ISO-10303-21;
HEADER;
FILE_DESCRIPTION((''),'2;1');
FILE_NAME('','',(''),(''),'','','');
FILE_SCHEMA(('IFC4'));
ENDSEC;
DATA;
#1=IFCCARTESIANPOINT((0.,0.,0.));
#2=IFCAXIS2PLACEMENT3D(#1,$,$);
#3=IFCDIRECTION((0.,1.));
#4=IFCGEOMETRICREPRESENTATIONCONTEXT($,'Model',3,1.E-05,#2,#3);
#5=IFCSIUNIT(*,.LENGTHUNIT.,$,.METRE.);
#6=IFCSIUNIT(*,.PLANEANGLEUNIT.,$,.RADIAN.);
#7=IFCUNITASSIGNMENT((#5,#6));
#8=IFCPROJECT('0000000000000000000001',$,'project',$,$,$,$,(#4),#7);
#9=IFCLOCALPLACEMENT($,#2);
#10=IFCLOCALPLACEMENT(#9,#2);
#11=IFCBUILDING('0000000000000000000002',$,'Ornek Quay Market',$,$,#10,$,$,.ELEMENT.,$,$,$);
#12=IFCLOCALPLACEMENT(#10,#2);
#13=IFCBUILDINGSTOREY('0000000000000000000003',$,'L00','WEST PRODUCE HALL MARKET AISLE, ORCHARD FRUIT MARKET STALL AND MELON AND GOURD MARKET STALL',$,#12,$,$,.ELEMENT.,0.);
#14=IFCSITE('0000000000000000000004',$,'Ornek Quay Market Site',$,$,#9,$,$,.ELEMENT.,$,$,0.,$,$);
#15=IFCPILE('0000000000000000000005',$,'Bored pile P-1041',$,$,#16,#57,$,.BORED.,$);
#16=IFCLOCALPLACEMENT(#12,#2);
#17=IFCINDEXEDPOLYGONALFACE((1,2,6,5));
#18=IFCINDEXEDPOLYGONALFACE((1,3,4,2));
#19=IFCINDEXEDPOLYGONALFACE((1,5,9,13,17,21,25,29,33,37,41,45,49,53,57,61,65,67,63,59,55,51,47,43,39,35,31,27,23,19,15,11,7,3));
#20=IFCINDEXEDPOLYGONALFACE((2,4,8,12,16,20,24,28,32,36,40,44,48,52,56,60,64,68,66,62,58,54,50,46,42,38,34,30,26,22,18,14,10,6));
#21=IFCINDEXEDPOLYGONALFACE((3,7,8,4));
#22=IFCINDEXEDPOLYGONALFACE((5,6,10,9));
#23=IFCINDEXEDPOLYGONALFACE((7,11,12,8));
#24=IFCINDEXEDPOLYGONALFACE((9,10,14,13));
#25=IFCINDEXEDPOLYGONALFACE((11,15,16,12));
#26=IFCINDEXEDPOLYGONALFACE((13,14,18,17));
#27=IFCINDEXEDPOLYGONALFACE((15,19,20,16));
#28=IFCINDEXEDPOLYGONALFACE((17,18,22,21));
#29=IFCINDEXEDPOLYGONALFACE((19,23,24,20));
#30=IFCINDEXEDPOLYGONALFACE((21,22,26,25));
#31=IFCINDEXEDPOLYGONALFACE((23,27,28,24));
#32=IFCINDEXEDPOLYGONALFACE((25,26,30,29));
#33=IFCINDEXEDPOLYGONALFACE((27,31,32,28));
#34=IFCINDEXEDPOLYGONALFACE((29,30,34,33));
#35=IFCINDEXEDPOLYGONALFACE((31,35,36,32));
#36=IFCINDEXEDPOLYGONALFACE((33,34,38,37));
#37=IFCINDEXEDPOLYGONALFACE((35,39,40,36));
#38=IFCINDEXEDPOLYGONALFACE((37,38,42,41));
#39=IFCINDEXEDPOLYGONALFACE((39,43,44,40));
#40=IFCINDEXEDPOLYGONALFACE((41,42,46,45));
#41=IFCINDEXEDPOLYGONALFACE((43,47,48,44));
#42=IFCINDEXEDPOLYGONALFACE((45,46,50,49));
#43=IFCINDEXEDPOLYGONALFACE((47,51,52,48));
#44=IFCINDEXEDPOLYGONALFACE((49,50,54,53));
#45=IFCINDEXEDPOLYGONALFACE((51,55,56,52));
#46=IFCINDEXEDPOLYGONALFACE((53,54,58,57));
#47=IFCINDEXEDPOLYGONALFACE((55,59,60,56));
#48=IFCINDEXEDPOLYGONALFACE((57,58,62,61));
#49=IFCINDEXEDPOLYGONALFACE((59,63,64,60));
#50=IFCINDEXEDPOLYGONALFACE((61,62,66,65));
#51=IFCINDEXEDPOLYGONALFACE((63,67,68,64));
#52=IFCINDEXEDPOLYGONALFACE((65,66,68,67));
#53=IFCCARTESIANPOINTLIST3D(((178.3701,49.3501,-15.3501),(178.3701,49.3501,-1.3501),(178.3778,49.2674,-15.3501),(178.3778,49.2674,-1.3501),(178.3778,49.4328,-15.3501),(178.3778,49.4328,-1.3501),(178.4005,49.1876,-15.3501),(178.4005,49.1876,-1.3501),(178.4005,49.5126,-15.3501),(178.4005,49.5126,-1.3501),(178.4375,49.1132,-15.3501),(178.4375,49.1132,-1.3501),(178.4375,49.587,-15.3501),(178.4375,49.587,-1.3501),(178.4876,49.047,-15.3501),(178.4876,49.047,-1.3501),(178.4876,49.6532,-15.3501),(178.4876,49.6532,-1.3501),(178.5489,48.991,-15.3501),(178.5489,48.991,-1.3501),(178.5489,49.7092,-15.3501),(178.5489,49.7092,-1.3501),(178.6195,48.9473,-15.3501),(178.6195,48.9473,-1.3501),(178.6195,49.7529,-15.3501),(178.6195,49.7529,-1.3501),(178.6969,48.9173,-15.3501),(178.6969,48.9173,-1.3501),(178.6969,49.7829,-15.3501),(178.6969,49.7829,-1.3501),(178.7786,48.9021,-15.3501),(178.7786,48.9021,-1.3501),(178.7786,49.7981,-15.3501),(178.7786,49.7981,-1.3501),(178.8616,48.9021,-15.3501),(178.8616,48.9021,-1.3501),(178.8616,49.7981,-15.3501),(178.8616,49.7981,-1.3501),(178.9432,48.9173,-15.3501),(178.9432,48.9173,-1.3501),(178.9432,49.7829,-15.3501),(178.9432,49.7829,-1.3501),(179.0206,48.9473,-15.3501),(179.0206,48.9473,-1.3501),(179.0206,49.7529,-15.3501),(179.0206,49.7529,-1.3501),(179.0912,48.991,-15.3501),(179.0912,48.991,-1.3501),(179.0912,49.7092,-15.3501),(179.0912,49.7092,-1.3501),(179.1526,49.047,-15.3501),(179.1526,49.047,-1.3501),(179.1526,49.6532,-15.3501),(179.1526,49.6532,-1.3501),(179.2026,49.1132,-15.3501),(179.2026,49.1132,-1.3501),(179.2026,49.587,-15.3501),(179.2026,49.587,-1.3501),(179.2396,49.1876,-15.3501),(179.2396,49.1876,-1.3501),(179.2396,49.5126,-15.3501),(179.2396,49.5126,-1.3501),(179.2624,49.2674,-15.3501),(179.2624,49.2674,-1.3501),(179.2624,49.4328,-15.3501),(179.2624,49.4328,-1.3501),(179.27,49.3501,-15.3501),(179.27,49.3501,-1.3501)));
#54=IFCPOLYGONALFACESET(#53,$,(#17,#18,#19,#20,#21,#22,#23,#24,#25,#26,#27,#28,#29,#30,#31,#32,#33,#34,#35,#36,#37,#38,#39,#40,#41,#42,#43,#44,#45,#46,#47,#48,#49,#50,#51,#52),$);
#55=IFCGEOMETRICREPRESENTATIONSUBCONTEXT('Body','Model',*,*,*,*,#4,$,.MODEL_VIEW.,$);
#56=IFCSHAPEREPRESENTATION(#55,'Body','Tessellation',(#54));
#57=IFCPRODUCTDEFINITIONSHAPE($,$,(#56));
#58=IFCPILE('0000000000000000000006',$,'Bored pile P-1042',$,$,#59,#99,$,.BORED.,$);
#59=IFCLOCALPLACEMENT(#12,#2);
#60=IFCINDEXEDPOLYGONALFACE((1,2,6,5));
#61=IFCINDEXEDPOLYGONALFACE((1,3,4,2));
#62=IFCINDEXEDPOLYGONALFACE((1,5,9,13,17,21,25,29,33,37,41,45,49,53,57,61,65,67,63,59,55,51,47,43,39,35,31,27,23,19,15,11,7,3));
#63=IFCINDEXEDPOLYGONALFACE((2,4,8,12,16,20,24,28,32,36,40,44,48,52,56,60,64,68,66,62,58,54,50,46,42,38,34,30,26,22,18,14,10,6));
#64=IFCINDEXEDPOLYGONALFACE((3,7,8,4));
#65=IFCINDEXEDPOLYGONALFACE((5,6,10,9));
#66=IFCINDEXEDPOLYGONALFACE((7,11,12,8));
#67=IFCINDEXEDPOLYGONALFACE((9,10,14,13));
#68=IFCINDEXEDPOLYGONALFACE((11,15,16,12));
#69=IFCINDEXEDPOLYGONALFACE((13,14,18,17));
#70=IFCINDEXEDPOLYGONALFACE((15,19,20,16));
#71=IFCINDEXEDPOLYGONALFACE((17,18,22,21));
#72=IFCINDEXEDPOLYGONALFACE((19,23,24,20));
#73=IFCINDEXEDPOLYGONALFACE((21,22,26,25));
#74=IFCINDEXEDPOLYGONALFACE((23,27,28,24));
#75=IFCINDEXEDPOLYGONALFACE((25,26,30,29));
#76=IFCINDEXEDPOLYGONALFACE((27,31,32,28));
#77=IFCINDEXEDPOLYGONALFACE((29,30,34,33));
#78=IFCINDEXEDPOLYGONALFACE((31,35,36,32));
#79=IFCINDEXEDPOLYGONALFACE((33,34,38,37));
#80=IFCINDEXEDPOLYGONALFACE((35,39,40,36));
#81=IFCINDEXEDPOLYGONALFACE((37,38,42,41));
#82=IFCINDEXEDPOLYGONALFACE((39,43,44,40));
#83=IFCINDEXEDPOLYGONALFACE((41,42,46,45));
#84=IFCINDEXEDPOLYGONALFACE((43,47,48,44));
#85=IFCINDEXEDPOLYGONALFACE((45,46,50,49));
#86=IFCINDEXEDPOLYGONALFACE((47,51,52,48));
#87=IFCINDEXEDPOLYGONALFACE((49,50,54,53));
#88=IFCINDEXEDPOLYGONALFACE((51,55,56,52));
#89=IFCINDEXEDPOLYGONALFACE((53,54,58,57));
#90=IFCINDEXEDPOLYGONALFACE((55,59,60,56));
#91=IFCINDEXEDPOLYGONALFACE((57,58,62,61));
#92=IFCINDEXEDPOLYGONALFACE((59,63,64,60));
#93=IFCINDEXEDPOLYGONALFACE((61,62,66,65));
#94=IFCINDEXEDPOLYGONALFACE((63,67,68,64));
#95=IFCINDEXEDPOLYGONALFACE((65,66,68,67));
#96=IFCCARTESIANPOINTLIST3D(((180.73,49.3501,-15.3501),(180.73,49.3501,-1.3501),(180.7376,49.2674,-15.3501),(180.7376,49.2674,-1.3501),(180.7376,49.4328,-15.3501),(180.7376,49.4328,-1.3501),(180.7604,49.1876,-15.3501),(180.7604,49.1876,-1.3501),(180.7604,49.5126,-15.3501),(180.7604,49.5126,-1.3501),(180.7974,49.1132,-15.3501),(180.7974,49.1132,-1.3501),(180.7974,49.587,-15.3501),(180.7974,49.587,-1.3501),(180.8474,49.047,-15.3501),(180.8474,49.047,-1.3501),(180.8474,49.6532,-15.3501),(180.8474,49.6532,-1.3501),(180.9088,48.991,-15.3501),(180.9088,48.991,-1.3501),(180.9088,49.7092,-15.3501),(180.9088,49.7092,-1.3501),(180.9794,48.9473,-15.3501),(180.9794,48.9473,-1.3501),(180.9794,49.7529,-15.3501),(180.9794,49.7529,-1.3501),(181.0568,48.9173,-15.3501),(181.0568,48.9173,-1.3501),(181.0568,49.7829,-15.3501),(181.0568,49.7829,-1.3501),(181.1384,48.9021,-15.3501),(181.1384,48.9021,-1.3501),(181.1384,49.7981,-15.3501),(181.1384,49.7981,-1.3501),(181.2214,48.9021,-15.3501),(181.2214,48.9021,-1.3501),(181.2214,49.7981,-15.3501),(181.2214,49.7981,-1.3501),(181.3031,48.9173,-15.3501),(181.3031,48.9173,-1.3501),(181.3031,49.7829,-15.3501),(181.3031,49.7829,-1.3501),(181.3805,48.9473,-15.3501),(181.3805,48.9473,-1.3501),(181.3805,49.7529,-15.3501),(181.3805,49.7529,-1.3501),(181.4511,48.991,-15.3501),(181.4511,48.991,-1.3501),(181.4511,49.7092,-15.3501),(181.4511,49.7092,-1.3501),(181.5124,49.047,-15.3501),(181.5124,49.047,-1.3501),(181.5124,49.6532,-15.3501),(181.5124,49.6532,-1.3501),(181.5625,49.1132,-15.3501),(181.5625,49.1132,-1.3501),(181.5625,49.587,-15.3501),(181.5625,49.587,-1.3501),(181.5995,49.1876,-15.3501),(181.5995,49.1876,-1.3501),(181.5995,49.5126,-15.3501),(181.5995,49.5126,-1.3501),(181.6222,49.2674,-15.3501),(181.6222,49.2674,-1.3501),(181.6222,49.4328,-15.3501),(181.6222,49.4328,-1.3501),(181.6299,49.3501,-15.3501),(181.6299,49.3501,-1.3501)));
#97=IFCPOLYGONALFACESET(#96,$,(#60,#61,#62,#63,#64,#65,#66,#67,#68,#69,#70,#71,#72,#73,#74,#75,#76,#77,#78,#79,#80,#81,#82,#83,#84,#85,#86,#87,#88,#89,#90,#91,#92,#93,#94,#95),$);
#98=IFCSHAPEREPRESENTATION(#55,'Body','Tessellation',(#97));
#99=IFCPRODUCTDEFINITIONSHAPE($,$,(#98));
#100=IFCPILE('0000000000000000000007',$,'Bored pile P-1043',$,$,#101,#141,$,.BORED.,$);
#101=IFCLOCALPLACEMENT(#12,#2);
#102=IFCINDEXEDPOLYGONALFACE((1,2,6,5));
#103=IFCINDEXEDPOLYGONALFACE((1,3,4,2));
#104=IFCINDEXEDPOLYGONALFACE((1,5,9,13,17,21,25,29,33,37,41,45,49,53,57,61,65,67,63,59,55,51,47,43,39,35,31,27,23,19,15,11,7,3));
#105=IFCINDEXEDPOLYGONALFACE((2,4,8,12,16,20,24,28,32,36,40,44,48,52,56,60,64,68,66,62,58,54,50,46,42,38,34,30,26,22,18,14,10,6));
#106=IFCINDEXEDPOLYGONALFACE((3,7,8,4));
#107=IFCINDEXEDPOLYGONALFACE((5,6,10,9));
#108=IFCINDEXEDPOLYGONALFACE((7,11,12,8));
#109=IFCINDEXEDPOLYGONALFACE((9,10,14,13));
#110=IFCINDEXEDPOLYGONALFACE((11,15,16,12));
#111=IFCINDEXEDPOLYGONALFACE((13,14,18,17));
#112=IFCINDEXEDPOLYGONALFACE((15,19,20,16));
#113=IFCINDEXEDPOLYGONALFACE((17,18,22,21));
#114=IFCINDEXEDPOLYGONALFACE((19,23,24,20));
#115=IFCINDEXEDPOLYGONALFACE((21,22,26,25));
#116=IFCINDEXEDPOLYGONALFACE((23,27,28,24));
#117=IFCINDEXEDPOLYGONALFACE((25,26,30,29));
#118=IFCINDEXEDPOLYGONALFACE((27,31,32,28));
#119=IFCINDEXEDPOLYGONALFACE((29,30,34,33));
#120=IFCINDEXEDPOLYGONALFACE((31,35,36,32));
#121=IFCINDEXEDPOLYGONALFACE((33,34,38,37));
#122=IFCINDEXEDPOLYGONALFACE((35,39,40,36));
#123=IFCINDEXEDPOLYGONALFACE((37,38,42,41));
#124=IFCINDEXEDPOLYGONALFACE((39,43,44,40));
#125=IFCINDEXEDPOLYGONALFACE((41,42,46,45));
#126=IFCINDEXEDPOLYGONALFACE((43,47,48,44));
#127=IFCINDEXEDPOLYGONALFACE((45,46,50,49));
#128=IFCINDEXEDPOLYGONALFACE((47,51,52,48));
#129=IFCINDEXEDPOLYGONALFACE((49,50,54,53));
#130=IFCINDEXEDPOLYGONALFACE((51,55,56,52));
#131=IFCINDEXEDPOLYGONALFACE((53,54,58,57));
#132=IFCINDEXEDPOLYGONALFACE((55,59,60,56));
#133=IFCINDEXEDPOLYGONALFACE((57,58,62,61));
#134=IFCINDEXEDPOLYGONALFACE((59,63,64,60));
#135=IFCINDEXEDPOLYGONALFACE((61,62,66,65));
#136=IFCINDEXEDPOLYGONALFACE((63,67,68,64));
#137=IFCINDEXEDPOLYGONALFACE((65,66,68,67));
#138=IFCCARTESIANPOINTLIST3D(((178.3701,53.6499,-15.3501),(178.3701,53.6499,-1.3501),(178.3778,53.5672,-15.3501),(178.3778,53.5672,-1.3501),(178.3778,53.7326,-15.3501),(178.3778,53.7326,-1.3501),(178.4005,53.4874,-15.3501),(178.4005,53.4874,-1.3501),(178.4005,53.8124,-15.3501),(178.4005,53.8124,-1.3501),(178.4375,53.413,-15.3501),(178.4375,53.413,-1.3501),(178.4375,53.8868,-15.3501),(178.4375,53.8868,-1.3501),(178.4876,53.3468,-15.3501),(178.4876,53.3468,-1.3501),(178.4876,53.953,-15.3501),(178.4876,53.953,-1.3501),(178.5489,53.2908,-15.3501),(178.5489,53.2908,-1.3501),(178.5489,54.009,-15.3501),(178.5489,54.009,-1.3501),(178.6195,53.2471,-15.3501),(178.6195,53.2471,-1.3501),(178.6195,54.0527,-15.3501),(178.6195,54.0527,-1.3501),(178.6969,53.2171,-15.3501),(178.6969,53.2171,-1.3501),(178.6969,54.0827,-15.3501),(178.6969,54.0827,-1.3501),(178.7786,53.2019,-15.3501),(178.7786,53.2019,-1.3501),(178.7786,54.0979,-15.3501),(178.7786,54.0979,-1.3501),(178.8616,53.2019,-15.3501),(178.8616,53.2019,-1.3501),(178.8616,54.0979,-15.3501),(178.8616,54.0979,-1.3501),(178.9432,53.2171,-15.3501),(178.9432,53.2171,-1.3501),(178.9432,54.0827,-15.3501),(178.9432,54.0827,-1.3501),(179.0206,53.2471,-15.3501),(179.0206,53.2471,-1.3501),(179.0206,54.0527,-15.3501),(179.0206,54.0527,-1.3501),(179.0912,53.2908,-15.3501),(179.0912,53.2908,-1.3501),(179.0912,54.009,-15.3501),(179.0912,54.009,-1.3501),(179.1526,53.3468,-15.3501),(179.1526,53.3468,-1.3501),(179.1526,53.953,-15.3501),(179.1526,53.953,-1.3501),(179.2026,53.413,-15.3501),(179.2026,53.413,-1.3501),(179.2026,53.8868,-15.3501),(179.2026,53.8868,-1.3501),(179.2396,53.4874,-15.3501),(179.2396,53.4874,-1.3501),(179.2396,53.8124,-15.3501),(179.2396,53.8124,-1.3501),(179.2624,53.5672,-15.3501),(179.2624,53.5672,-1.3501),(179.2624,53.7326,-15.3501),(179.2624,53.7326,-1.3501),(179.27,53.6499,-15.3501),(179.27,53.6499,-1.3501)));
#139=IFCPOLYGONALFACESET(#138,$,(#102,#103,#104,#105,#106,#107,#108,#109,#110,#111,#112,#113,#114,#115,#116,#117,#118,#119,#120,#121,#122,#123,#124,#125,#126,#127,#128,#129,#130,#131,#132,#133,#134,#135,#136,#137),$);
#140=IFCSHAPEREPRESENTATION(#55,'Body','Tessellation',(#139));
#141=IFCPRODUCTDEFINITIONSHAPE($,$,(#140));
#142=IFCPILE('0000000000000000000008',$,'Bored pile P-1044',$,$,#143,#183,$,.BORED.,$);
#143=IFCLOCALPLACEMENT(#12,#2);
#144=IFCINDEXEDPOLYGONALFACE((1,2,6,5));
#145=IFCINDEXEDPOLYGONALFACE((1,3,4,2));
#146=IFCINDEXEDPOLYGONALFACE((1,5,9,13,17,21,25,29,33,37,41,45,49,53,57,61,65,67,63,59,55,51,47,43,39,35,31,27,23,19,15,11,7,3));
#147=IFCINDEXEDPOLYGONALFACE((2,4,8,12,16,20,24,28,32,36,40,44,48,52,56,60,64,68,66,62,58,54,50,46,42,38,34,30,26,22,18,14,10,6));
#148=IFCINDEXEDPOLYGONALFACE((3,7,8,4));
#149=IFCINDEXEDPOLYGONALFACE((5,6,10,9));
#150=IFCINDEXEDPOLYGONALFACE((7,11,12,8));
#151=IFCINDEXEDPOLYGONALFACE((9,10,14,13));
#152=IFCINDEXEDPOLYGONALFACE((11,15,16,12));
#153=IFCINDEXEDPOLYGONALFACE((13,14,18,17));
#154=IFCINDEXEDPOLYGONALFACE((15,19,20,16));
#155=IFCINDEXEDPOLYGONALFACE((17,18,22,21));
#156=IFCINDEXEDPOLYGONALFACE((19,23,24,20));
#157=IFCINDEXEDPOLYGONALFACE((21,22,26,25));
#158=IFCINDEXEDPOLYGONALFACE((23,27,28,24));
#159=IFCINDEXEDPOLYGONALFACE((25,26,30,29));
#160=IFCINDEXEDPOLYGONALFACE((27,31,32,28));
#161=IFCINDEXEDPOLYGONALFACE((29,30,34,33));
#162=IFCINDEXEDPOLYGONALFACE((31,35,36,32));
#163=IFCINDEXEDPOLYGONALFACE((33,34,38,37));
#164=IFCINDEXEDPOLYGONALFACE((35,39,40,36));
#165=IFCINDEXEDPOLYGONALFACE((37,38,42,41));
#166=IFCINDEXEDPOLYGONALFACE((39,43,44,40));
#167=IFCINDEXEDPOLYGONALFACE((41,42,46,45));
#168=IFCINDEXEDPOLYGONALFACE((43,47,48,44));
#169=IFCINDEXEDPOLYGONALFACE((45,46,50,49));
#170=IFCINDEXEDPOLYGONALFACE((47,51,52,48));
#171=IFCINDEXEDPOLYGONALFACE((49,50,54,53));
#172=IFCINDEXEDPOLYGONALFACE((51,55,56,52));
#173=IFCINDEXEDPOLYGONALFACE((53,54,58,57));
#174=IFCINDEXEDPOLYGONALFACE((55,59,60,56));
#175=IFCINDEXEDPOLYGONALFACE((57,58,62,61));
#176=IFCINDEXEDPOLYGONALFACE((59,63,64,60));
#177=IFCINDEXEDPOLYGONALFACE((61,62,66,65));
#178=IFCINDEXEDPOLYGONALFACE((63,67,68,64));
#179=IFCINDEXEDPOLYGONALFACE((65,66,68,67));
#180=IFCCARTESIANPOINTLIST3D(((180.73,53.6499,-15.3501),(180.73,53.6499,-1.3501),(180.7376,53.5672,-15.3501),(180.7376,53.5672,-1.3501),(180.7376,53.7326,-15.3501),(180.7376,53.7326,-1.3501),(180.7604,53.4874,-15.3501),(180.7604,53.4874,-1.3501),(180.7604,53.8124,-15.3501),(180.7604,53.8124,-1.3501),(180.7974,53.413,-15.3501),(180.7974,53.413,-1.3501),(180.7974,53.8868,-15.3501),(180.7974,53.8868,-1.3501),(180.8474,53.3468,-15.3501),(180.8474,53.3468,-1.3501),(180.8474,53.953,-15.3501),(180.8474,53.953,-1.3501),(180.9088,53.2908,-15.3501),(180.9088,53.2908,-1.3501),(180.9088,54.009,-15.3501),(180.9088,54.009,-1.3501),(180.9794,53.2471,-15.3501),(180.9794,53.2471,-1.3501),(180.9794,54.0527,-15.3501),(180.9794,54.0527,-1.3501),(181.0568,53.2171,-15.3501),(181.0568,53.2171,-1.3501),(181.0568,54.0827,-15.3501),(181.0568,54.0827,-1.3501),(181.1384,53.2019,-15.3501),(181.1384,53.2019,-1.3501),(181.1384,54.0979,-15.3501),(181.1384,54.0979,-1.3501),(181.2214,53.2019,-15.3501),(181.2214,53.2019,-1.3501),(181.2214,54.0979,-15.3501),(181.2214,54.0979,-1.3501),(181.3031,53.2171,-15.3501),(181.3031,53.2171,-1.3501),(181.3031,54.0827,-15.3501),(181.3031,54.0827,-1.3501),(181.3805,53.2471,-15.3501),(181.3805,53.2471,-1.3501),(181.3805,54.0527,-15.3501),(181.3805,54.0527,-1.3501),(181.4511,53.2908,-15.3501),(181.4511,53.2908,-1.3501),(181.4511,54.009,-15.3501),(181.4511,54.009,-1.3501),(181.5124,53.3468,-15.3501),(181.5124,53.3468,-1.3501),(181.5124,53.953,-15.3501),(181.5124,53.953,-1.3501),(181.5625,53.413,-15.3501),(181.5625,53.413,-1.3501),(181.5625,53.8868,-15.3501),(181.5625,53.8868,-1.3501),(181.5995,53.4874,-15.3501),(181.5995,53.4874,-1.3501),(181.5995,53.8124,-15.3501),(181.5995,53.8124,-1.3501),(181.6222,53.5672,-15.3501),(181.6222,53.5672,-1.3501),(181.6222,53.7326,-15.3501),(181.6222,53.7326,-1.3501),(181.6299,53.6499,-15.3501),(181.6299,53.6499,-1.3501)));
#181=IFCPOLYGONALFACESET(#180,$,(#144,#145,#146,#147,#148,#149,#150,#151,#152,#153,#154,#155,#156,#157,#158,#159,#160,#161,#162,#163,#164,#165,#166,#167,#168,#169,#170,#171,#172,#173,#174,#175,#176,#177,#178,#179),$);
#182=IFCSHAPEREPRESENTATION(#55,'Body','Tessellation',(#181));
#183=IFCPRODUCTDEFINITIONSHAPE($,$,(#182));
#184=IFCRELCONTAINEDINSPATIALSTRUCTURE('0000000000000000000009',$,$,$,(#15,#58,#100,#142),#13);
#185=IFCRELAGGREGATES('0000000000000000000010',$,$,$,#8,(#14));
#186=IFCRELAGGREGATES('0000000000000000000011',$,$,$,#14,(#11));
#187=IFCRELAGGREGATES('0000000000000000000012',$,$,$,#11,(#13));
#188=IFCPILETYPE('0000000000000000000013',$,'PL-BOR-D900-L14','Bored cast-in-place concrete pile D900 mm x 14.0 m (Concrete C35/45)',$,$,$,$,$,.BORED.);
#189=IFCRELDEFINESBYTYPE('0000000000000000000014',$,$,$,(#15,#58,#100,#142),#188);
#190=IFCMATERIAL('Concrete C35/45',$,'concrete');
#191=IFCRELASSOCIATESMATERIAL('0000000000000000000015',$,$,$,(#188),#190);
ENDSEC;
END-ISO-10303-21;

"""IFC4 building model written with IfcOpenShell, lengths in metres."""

from ifc_helpers import new_model, si_unit, direction, frame, origin, origin_2d, place, context, subcontext, project, spatial, circle, extrude, material, material_profile, profile_set, type_object, element, save


model = new_model("IFC4")

# Units and contexts
model_context = context("Model", 3, precision=1e-05, world=origin(), true_north=direction((0.0, 1.0)))
body_context = subcontext(model_context, "Body", "Model", "MODEL_VIEW")
ifc_project = project(units=[si_unit("LENGTHUNIT", "METRE"), si_unit("PLANEANGLEUNIT", "RADIAN")], contexts=[model_context])

# Site, building, storey
site_placement = place(None, origin())
site = spatial("IfcSite", under=ifc_project, at=site_placement, Name="Ornek Quay Market Site", CompositionType="ELEMENT", RefElevation=0.0)
building_placement = place(site_placement, origin())
building = spatial("IfcBuilding", under=site, at=building_placement, Name="Ornek Quay Market", CompositionType="ELEMENT")
storey_placement = place(building_placement, origin())
storey = spatial("IfcBuildingStorey", under=building, at=storey_placement, Name="L00", Description="WEST PRODUCE HALL MARKET AISLE, ORCHARD FRUIT MARKET STALL AND MELON AND GOURD MARKET STALL", CompositionType="ELEMENT", Elevation=0.0)

# Piles
ifc_material_1 = material(Name="Concrete C35/45", Category="concrete")
ifc_material_profile_1 = material_profile(ifc_material_1, circle(Radius=0.45, at=origin_2d()), Name="PILE D900", Category="concrete")
ifc_profile_set_1 = profile_set([ifc_material_profile_1], Name="Concrete C35/45")
pile_type = type_object("IfcPileType", Name="PL-BOR-D900-L14", Description="Bored cast-in-place concrete pile D900 mm x 14.0 m (Concrete C35/45)", PredefinedType="BORED", material=ifc_profile_set_1)
for number, where, z_axis, x_axis, name in (
    (1, (178.8201, 49.3501, -1.3501), (0.0, 0.0, -1.0), (1.0, 0.0, 0.0), "Bored pile P-1041"),
    (2, (181.1799, 49.3501, -1.3501), (0.0, 0.0, -1.0), (1.0, 0.0, 0.0), "Bored pile P-1042"),
    (3, (178.8201, 53.6499, -1.3501), (0.0, 0.0, -1.0), (1.0, 0.0, 0.0), "Bored pile P-1043"),
    (4, (181.1799, 53.6499, -1.3501), (0.0, 0.0, -1.0), (1.0, 0.0, 0.0), "Bored pile P-1044"),
):
    element("IfcPile", number, at=place(storey_placement, frame(where, z_axis=z_axis, x_axis=x_axis)), inside=storey, type_object=pile_type, Name=name, PredefinedType="BORED", context=body_context, shape_type="SweptSolid", body=[
        extrude(circle(Radius=0.45, at=origin_2d()), origin(), (0.0, 0.0, 1.0), 14.0),
    ])

save(model, "model.ifc")
